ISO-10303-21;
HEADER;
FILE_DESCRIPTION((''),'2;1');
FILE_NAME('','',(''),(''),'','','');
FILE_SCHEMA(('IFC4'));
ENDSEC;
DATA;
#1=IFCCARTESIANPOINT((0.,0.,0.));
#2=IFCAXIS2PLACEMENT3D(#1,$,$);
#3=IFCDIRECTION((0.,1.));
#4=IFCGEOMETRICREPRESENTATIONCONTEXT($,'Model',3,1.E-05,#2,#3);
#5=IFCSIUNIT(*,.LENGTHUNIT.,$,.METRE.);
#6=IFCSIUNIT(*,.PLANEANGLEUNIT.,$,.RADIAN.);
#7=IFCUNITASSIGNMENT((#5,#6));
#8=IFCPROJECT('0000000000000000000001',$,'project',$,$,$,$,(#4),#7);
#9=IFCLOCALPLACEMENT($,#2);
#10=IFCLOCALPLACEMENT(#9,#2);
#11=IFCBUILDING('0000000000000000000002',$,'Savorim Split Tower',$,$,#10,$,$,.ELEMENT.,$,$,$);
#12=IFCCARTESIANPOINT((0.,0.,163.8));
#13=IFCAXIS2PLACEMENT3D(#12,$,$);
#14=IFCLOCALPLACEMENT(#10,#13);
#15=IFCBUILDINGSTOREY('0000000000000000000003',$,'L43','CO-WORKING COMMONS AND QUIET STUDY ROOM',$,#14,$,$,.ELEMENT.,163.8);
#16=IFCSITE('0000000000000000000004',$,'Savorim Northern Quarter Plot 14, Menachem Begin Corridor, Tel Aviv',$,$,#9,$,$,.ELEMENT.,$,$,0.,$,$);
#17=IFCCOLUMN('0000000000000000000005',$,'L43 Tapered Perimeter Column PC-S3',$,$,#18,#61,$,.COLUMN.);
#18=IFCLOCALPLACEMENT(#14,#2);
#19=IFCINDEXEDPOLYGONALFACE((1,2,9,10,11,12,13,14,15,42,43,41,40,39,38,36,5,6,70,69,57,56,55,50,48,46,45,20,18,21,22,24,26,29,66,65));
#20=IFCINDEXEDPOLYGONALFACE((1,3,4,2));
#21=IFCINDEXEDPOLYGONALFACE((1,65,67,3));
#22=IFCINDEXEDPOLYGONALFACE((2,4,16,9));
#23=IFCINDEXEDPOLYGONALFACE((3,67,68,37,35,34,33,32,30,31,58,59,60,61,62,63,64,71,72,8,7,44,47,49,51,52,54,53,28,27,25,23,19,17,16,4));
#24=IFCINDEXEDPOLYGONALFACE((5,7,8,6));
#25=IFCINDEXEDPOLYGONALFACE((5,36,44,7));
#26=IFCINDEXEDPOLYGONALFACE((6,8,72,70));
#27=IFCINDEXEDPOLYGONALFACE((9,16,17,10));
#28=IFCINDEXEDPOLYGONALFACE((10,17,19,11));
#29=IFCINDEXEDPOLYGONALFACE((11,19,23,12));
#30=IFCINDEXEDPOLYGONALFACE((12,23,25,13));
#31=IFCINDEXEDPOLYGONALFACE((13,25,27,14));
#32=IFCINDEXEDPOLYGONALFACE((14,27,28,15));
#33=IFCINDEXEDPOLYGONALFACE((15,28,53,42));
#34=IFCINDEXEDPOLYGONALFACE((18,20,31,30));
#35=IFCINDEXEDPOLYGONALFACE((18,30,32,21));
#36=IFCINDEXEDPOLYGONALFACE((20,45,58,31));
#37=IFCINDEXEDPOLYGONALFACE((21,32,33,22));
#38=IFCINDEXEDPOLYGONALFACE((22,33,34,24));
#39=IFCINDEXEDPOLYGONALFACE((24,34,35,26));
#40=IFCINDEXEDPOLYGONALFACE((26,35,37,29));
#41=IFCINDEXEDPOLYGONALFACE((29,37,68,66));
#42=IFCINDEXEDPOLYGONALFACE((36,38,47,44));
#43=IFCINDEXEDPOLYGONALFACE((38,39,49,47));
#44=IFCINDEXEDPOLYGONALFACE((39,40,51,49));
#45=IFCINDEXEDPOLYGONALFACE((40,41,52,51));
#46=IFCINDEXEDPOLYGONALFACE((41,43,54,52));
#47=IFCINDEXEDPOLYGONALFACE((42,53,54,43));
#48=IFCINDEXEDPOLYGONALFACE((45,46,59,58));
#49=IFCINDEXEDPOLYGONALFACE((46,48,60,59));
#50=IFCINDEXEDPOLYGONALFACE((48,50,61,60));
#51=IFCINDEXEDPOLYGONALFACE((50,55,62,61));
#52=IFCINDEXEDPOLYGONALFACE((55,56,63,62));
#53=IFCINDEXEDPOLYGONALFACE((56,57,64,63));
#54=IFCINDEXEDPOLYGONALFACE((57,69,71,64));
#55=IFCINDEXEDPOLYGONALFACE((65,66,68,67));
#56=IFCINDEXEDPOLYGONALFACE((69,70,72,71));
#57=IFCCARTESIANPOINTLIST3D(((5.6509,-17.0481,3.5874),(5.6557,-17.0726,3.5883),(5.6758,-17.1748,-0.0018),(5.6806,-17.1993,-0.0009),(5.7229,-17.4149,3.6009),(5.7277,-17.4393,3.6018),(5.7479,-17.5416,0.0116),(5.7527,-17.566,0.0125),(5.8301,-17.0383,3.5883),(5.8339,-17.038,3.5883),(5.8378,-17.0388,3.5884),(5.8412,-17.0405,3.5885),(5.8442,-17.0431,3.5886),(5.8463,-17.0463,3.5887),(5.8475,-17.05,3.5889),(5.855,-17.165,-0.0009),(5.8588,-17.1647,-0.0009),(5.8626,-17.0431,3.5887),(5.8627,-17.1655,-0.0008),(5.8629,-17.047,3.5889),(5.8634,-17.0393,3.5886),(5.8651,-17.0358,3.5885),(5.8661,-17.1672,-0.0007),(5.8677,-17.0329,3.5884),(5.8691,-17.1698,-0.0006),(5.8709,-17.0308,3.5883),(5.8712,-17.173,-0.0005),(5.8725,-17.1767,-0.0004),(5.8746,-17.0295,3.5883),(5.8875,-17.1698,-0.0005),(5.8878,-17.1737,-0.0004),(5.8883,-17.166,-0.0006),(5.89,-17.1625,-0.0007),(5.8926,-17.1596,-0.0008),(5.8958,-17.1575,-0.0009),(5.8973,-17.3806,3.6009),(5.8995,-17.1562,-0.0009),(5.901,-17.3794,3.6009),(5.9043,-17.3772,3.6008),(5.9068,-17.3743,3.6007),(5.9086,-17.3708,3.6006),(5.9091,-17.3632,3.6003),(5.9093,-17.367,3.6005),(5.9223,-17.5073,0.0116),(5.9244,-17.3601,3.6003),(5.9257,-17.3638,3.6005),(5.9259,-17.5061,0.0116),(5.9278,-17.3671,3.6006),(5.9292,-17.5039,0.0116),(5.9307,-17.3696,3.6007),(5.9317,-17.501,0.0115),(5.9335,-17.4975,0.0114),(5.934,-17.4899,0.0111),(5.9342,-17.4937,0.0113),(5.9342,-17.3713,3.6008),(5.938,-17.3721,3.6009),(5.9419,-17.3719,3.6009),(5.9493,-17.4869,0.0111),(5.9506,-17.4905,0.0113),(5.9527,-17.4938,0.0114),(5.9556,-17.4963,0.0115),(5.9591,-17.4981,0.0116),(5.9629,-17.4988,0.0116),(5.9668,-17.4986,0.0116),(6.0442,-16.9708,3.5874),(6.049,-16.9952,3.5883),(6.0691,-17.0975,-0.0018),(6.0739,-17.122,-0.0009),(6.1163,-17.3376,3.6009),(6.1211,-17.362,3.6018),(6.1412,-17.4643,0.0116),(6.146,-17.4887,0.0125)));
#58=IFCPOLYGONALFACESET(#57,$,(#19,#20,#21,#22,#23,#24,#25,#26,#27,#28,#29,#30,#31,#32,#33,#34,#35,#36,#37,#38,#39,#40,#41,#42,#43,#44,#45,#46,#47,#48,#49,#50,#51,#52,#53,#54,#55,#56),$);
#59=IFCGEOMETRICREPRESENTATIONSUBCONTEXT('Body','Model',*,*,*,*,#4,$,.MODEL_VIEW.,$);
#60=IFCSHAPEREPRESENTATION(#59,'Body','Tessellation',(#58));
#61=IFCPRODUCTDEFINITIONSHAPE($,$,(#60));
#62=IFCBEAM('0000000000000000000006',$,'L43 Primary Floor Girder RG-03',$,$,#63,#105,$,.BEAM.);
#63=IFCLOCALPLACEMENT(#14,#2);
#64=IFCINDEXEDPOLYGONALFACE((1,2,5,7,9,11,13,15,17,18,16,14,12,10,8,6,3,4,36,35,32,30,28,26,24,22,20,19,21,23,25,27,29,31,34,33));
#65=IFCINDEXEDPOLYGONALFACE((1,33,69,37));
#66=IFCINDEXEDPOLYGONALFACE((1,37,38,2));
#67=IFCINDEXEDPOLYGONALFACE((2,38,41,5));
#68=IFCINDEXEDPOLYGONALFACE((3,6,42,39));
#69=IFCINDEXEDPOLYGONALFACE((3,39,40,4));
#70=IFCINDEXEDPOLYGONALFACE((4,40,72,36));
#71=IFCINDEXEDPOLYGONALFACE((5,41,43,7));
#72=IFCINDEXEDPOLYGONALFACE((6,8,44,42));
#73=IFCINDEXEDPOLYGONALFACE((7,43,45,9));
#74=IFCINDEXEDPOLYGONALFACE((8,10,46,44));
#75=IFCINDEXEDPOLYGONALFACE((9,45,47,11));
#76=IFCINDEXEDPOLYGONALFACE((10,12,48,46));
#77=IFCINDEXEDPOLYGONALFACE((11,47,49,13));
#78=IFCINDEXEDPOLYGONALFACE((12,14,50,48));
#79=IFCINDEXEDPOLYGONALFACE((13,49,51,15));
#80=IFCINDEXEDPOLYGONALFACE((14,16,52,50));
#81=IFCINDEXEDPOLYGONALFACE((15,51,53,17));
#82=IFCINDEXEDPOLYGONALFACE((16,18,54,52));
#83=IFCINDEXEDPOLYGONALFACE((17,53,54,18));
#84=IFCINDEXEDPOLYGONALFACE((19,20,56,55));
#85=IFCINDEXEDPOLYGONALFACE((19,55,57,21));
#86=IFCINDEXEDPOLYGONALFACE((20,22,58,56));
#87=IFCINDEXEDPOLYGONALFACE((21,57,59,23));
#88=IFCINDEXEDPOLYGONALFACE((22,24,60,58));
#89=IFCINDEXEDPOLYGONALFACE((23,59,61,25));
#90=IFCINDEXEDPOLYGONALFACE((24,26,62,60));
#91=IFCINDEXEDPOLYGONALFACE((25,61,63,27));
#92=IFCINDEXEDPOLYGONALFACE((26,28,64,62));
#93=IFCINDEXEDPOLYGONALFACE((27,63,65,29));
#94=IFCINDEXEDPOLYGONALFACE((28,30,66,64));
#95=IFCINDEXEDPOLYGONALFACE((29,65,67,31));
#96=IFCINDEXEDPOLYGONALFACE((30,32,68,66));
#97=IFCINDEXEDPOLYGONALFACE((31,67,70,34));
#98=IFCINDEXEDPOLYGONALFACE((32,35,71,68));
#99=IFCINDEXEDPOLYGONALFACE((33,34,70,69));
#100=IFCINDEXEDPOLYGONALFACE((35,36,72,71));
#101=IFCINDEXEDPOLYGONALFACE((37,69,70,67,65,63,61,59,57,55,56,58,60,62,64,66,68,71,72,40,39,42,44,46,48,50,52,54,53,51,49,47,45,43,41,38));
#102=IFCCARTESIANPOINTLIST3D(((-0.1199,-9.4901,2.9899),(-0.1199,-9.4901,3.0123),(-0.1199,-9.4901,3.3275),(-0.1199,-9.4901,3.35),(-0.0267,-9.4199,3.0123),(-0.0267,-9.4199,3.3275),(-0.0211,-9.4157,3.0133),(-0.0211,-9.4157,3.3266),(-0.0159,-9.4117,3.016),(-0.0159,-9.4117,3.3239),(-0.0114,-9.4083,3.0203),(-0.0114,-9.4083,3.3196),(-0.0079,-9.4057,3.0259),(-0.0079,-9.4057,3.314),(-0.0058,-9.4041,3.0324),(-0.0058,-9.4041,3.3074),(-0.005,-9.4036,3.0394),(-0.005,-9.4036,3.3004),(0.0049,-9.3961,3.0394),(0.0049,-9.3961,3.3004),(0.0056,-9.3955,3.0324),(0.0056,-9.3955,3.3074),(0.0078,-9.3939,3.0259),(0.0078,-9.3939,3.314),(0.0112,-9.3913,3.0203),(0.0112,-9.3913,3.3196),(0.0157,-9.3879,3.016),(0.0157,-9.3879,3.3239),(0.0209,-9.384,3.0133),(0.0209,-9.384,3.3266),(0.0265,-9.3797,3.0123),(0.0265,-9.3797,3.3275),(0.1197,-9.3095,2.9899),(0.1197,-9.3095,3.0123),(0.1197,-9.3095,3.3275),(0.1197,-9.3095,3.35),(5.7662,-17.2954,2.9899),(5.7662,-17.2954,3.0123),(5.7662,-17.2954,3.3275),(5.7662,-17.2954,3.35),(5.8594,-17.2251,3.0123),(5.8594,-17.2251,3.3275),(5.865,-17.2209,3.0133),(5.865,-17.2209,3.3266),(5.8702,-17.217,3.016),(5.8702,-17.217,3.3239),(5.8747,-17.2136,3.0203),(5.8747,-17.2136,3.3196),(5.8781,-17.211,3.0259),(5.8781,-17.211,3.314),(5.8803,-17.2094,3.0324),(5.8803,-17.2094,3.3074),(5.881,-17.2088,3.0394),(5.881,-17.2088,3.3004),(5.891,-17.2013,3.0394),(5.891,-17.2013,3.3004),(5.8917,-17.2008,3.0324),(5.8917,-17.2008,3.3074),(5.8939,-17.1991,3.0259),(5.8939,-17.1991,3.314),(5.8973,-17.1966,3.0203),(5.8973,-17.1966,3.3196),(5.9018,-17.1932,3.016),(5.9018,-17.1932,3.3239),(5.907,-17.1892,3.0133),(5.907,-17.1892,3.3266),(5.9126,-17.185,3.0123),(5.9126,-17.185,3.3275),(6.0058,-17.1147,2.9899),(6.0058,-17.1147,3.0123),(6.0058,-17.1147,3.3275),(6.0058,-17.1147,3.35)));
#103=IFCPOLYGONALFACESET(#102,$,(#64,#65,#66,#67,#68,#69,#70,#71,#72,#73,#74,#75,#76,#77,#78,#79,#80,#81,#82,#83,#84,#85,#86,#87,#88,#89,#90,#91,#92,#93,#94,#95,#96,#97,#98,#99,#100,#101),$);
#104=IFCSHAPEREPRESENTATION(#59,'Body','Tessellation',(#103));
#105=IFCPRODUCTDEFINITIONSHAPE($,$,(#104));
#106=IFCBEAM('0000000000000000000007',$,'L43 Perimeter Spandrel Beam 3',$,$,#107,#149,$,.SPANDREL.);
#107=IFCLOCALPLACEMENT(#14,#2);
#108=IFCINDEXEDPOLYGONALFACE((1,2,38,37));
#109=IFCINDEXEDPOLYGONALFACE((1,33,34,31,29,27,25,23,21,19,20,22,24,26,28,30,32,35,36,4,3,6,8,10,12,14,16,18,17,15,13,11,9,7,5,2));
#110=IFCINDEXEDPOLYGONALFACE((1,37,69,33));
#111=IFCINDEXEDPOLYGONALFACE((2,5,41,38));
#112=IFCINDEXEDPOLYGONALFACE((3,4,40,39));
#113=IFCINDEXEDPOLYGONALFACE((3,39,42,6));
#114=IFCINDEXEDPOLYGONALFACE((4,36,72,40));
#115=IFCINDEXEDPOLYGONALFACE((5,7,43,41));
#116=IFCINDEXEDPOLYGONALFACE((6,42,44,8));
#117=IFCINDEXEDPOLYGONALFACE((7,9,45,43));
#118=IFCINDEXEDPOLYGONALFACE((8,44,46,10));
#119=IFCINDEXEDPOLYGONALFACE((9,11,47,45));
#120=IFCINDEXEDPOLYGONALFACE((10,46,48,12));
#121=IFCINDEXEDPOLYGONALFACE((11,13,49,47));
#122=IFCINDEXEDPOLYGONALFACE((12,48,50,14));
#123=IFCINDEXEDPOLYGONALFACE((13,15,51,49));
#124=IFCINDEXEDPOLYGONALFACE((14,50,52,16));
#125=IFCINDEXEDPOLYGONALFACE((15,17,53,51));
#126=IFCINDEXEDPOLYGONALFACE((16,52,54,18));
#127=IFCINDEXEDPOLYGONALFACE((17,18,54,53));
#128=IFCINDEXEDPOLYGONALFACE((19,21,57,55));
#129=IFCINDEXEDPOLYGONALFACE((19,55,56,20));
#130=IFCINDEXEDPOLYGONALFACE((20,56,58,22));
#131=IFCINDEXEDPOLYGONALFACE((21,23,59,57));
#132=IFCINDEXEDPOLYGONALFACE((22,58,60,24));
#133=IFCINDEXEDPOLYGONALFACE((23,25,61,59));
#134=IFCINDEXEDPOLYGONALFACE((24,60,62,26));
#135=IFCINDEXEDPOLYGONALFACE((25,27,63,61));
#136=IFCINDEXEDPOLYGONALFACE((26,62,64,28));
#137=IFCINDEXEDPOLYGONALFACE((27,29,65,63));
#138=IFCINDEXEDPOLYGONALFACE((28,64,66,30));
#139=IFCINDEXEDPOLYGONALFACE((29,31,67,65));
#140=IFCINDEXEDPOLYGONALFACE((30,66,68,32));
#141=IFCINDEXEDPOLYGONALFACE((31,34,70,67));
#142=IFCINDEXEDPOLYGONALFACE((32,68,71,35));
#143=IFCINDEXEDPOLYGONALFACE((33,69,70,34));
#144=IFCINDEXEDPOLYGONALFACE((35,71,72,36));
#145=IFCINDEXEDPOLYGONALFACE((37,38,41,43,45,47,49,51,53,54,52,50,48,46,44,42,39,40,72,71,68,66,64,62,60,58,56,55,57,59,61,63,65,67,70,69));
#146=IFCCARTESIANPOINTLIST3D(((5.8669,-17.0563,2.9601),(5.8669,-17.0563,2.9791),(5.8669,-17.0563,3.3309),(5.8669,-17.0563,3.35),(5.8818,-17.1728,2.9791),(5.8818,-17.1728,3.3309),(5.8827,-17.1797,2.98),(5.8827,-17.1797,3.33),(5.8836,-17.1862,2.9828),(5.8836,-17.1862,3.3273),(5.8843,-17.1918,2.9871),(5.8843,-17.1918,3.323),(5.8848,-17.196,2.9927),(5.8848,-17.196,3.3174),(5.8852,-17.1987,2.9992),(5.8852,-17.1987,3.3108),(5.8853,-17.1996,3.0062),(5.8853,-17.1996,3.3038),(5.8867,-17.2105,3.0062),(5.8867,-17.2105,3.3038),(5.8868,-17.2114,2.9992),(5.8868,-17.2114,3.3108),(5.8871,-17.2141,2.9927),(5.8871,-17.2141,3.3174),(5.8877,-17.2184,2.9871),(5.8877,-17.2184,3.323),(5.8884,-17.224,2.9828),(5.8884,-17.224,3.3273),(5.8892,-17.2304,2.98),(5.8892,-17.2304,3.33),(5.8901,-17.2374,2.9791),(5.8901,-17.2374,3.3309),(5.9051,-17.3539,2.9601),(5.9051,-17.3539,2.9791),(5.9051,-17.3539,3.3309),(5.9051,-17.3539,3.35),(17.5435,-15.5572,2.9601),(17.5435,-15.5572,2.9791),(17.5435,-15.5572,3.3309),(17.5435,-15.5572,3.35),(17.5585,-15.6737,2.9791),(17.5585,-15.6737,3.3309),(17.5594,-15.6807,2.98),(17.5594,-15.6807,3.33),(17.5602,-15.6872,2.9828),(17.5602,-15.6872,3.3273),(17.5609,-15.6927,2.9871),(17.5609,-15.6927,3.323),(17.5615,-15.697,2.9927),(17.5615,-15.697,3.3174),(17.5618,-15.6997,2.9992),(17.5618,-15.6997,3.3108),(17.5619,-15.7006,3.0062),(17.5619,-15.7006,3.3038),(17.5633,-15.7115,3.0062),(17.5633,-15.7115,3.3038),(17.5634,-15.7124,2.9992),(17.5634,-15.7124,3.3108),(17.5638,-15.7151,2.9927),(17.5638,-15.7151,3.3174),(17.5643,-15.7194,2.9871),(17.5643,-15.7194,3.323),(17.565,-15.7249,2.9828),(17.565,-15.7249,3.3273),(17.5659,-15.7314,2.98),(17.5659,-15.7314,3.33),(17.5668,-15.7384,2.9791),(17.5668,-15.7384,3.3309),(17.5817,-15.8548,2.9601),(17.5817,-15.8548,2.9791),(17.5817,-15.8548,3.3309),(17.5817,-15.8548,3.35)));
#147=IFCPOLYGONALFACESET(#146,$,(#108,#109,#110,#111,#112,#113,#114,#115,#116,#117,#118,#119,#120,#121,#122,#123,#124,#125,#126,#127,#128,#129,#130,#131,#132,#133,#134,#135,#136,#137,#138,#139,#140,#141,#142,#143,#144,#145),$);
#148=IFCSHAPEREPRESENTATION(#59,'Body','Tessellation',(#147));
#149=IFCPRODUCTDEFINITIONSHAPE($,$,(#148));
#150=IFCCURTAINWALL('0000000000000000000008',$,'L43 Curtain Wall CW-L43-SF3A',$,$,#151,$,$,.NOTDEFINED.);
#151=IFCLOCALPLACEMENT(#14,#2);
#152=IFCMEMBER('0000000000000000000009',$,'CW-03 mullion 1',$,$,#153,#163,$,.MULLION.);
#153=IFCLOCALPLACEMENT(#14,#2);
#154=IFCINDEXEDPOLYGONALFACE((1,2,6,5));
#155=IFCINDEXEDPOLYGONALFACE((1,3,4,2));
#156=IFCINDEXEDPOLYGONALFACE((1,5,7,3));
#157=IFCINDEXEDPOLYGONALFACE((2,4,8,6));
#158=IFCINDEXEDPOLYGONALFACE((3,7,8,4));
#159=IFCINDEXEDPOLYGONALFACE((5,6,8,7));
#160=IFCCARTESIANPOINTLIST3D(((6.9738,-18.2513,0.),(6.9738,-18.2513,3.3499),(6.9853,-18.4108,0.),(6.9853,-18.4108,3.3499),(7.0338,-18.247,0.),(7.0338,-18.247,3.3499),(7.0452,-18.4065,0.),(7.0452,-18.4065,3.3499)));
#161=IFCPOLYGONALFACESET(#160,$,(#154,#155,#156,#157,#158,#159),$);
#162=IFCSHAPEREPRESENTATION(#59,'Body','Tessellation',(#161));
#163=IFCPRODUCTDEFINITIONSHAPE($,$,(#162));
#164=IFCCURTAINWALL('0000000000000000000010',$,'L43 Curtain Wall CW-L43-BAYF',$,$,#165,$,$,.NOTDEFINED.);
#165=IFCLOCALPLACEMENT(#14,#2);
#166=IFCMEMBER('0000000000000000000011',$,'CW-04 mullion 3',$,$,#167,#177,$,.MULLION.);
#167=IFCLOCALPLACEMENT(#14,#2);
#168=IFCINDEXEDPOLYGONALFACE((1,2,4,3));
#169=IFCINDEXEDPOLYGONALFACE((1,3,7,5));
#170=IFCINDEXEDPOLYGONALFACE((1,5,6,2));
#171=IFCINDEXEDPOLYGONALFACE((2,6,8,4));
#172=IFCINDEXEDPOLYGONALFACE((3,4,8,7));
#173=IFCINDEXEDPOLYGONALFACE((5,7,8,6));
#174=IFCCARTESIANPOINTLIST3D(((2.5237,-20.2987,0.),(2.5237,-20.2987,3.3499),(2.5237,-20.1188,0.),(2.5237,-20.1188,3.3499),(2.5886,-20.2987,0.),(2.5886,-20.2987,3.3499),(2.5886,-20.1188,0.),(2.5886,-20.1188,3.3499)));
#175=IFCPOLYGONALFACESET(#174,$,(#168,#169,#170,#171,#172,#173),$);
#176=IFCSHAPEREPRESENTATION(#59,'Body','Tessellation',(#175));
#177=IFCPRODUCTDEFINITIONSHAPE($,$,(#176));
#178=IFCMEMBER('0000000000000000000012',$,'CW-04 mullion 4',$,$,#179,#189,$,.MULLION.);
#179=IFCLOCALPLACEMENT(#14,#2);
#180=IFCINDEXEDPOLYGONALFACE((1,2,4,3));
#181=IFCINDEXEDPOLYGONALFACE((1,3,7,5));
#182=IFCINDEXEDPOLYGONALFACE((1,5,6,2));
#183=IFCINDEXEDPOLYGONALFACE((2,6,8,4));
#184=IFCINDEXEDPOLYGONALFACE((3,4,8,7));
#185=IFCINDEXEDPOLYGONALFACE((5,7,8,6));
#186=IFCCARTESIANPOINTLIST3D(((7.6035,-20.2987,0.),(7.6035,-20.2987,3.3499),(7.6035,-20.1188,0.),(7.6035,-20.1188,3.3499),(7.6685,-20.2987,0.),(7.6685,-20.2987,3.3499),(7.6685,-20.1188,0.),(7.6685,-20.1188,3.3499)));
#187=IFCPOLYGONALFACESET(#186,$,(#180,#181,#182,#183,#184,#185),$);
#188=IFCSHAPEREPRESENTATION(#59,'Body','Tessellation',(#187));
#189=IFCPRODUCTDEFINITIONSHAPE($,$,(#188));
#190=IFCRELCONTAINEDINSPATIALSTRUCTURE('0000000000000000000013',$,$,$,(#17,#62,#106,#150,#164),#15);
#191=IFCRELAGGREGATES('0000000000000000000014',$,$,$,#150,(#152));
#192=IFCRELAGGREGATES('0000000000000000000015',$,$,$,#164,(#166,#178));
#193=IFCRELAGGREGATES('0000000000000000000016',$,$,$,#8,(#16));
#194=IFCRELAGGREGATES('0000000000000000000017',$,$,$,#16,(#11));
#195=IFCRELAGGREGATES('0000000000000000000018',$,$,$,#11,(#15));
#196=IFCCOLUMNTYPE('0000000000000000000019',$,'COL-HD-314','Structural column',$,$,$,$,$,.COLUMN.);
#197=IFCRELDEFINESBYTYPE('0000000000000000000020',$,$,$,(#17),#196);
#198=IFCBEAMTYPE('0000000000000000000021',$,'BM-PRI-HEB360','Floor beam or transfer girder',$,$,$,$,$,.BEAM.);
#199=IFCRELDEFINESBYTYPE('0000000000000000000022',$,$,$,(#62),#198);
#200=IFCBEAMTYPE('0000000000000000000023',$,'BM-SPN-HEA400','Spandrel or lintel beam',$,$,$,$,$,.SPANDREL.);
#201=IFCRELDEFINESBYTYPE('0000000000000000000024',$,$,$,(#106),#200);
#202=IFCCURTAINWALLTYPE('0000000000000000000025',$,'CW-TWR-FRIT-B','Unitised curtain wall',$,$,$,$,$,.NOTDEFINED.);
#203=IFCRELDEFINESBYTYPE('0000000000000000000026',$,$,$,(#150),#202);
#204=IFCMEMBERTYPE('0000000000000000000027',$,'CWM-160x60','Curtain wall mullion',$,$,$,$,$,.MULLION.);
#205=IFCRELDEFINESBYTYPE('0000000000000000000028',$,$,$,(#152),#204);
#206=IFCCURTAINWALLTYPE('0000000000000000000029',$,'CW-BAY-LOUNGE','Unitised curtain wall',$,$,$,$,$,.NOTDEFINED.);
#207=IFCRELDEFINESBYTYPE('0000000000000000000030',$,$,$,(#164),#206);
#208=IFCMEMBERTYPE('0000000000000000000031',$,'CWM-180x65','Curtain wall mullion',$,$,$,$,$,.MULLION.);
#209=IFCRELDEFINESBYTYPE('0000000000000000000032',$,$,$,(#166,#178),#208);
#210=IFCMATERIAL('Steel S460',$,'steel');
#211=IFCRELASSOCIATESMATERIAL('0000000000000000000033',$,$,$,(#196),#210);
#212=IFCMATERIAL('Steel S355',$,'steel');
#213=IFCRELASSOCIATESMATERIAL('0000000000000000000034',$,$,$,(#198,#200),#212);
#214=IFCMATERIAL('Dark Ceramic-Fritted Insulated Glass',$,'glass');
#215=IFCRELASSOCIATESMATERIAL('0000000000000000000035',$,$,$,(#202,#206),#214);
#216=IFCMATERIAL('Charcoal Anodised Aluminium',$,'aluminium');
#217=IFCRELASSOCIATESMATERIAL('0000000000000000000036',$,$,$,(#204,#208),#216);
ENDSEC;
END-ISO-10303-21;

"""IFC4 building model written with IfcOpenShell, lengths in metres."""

from ifc_helpers import new_model, si_unit, direction, frame, origin, origin_2d, place, context, subcontext, project, spatial, rectangle, i_section, extrude, material, material_profile, profile_set, type_object, element, aggregate, save


model = new_model("IFC4")

# Units and contexts
model_context = context("Model", 3, precision=1e-05, world=origin(), true_north=direction((0.0, 1.0)))
body_context = subcontext(model_context, "Body", "Model", "MODEL_VIEW")
ifc_project = project(units=[si_unit("LENGTHUNIT", "METRE"), si_unit("PLANEANGLEUNIT", "RADIAN")], contexts=[model_context])

# Site, building, storey
site_placement = place(None, origin())
site = spatial("IfcSite", under=ifc_project, at=site_placement, Name="Savorim Northern Quarter Plot 14, Menachem Begin Corridor, Tel Aviv", CompositionType="ELEMENT", RefElevation=0.0)
building_placement = place(site_placement, origin())
building = spatial("IfcBuilding", under=site, at=building_placement, Name="Savorim Split Tower", CompositionType="ELEMENT")
storey_placement = place(building_placement, frame((0.0, 0.0, 163.8)))
storey = spatial("IfcBuildingStorey", under=building, at=storey_placement, Name="L43", Description="CO-WORKING COMMONS AND QUIET STUDY ROOM", CompositionType="ELEMENT", Elevation=163.8)

# Column
ifc_material_1 = material(Name="Steel S460", Category="steel")
ifc_material_profile_1 = material_profile(ifc_material_1, i_section(OverallWidth=0.4009, OverallDepth=0.3989, WebThickness=0.0156, FlangeThickness=0.0249, FilletRadius=0.0149, at=origin_2d()), Name="HD 400x314")
ifc_profile_set_1 = profile_set([ifc_material_profile_1], Name="Steel S460")
column_type = type_object("IfcColumnType", Name="COL-HD-314", Description="Structural column", PredefinedType="COLUMN", material=ifc_profile_set_1)
column_placement = place(storey_placement, frame((5.9109, -17.3318, 0.0054), z_axis=(-0.006934, 0.035281, 0.999353), x_axis=(-0.98123, -0.192843, 0.0)))
element("IfcColumn", 1, at=column_placement, inside=storey, type_object=column_type, Name="L43 Tapered Perimeter Column PC-S3", PredefinedType="COLUMN", context=body_context, shape_type="SweptSolid", body=[
    extrude(i_section(OverallWidth=0.4009, OverallDepth=0.3989, WebThickness=0.0156, FlangeThickness=0.0249, FilletRadius=0.0149, at=origin_2d()), origin(), (0.0, 0.0, 1.0), 3.5916),
])

# Beams
ifc_material_2 = material(Name="Steel S355", Category="steel")
ifc_material_profile_2 = material_profile(ifc_material_2, i_section(OverallWidth=0.3, OverallDepth=0.3601, WebThickness=0.0125, FlangeThickness=0.0225, FilletRadius=0.0271, at=origin_2d()), Name="HEB 360")
ifc_profile_set_2 = profile_set([ifc_material_profile_2], Name="Steel S355")
beam_type_1 = type_object("IfcBeamType", Name="BM-PRI-HEB360", Description="Floor beam or transfer girder", PredefinedType="BEAM", material=ifc_profile_set_2)
beam_1_placement = place(storey_placement, frame((5.886, -17.2051, 3.1699), z_axis=(-0.6021, 0.798421, 0.0), x_axis=(-0.798421, -0.6021, 0.0)))
element("IfcBeam", 2, at=beam_1_placement, inside=storey, type_object=beam_type_1, Name="L43 Primary Floor Girder RG-03", PredefinedType="BEAM", context=body_context, shape_type="SweptSolid", body=[
    extrude(i_section(OverallWidth=0.3, OverallDepth=0.3601, WebThickness=0.0125, FlangeThickness=0.0225, FilletRadius=0.0271, at=origin_2d()), origin(), (0.0, 0.0, 1.0), 9.7759),
])
ifc_material_profile_3 = material_profile(ifc_material_2, i_section(OverallWidth=0.3, OverallDepth=0.3899, WebThickness=0.011, FlangeThickness=0.019, FilletRadius=0.0271, at=origin_2d()), Name="HEA 400")
ifc_profile_set_3 = profile_set([ifc_material_profile_3], Name="Steel S355")
beam_type_2 = type_object("IfcBeamType", Name="BM-SPN-HEA400", Description="Spandrel or lintel beam", PredefinedType="SPANDREL", material=ifc_profile_set_3)
beam_2_placement = place(storey_placement, frame((5.886, -17.2051, 3.155), z_axis=(0.99186, 0.127334, 0.0), x_axis=(-0.127334, 0.99186, 0.0)))
element("IfcBeam", 3, at=beam_2_placement, inside=storey, type_object=beam_type_2, Name="L43 Perimeter Spandrel Beam 3", PredefinedType="SPANDREL", context=body_context, shape_type="SweptSolid", body=[
    extrude(i_section(OverallWidth=0.3, OverallDepth=0.3899, WebThickness=0.011, FlangeThickness=0.019, FilletRadius=0.0271, at=origin_2d()), origin(), (0.0, 0.0, 1.0), 11.7725),
])

# Curtain wall, member
ifc_material_3 = material(Name="Dark Ceramic-Fritted Insulated Glass", Category="glass")
curtain_wall_type_1 = type_object("IfcCurtainWallType", Name="CW-TWR-FRIT-B", Description="Unitised curtain wall", PredefinedType="NOTDEFINED", material=ifc_material_3)
curtain_wall_1_placement = place(storey_placement, origin())
curtain_wall_1 = element("IfcCurtainWall", 4, at=curtain_wall_1_placement, inside=storey, type_object=curtain_wall_type_1, Name="L43 Curtain Wall CW-L43-SF3A", PredefinedType="NOTDEFINED")
ifc_material_4 = material(Name="Charcoal Anodised Aluminium", Category="aluminium")
ifc_material_profile_4 = material_profile(ifc_material_4, rectangle(XDim=0.1599, YDim=0.0601, at=origin_2d()), Name="ALU-M 160x60")
ifc_profile_set_4 = profile_set([ifc_material_profile_4], Name="Charcoal Anodised Aluminium")
member_type_1 = type_object("IfcMemberType", Name="CWM-160x60", Description="Curtain wall mullion", PredefinedType="MULLION", material=ifc_profile_set_4)
member_1_placement = place(storey_placement, frame((7.0095, -18.3289, 0.0), z_axis=(0.0, 0.0, 1.0), x_axis=(-0.071558, 0.997436, 0.0)))
member_1 = element("IfcMember", 5, at=member_1_placement, type_object=member_type_1, Name="CW-03 mullion 1", PredefinedType="MULLION", context=body_context, shape_type="SweptSolid", body=[
    extrude(rectangle(XDim=0.1599, YDim=0.0601, at=origin_2d()), origin(), (0.0, 0.0, 1.0), 3.3499),
])

# Curtain wall, members
curtain_wall_type_2 = type_object("IfcCurtainWallType", Name="CW-BAY-LOUNGE", Description="Unitised curtain wall", PredefinedType="NOTDEFINED", material=ifc_material_3)
curtain_wall_2_placement = place(storey_placement, origin())
curtain_wall_2 = element("IfcCurtainWall", 6, at=curtain_wall_2_placement, inside=storey, type_object=curtain_wall_type_2, Name="L43 Curtain Wall CW-L43-BAYF", PredefinedType="NOTDEFINED")
ifc_material_profile_5 = material_profile(ifc_material_4, rectangle(XDim=0.1799, YDim=0.0649, at=origin_2d()), Name="ALU-M 180x65")
ifc_profile_set_5 = profile_set([ifc_material_profile_5], Name="Charcoal Anodised Aluminium")
member_type_2 = type_object("IfcMemberType", Name="CWM-180x65", Description="Curtain wall mullion", PredefinedType="MULLION", material=ifc_profile_set_5)
member_2_placement = place(storey_placement, frame((2.5562, -20.2087, 0.0), z_axis=(0.0, 0.0, 1.0), x_axis=(0.0, 1.0, 0.0)))
member_2 = element("IfcMember", 7, at=member_2_placement, type_object=member_type_2, Name="CW-04 mullion 3", PredefinedType="MULLION", context=body_context, shape_type="SweptSolid", body=[
    extrude(rectangle(XDim=0.1799, YDim=0.0649, at=origin_2d()), origin(), (0.0, 0.0, 1.0), 3.3499),
])
member_3_placement = place(storey_placement, frame((7.636, -20.2087, 0.0), z_axis=(0.0, 0.0, 1.0), x_axis=(0.0, 1.0, 0.0)))
member_3 = element("IfcMember", 8, at=member_3_placement, type_object=member_type_2, Name="CW-04 mullion 4", PredefinedType="MULLION", context=body_context, shape_type="SweptSolid", body=[
    extrude(rectangle(XDim=0.1799, YDim=0.0649, at=origin_2d()), origin(), (0.0, 0.0, 1.0), 3.3499),
])

aggregate(curtain_wall_1, [member_1])

aggregate(curtain_wall_2, [member_2, member_3])

save(model, "model.ifc")
